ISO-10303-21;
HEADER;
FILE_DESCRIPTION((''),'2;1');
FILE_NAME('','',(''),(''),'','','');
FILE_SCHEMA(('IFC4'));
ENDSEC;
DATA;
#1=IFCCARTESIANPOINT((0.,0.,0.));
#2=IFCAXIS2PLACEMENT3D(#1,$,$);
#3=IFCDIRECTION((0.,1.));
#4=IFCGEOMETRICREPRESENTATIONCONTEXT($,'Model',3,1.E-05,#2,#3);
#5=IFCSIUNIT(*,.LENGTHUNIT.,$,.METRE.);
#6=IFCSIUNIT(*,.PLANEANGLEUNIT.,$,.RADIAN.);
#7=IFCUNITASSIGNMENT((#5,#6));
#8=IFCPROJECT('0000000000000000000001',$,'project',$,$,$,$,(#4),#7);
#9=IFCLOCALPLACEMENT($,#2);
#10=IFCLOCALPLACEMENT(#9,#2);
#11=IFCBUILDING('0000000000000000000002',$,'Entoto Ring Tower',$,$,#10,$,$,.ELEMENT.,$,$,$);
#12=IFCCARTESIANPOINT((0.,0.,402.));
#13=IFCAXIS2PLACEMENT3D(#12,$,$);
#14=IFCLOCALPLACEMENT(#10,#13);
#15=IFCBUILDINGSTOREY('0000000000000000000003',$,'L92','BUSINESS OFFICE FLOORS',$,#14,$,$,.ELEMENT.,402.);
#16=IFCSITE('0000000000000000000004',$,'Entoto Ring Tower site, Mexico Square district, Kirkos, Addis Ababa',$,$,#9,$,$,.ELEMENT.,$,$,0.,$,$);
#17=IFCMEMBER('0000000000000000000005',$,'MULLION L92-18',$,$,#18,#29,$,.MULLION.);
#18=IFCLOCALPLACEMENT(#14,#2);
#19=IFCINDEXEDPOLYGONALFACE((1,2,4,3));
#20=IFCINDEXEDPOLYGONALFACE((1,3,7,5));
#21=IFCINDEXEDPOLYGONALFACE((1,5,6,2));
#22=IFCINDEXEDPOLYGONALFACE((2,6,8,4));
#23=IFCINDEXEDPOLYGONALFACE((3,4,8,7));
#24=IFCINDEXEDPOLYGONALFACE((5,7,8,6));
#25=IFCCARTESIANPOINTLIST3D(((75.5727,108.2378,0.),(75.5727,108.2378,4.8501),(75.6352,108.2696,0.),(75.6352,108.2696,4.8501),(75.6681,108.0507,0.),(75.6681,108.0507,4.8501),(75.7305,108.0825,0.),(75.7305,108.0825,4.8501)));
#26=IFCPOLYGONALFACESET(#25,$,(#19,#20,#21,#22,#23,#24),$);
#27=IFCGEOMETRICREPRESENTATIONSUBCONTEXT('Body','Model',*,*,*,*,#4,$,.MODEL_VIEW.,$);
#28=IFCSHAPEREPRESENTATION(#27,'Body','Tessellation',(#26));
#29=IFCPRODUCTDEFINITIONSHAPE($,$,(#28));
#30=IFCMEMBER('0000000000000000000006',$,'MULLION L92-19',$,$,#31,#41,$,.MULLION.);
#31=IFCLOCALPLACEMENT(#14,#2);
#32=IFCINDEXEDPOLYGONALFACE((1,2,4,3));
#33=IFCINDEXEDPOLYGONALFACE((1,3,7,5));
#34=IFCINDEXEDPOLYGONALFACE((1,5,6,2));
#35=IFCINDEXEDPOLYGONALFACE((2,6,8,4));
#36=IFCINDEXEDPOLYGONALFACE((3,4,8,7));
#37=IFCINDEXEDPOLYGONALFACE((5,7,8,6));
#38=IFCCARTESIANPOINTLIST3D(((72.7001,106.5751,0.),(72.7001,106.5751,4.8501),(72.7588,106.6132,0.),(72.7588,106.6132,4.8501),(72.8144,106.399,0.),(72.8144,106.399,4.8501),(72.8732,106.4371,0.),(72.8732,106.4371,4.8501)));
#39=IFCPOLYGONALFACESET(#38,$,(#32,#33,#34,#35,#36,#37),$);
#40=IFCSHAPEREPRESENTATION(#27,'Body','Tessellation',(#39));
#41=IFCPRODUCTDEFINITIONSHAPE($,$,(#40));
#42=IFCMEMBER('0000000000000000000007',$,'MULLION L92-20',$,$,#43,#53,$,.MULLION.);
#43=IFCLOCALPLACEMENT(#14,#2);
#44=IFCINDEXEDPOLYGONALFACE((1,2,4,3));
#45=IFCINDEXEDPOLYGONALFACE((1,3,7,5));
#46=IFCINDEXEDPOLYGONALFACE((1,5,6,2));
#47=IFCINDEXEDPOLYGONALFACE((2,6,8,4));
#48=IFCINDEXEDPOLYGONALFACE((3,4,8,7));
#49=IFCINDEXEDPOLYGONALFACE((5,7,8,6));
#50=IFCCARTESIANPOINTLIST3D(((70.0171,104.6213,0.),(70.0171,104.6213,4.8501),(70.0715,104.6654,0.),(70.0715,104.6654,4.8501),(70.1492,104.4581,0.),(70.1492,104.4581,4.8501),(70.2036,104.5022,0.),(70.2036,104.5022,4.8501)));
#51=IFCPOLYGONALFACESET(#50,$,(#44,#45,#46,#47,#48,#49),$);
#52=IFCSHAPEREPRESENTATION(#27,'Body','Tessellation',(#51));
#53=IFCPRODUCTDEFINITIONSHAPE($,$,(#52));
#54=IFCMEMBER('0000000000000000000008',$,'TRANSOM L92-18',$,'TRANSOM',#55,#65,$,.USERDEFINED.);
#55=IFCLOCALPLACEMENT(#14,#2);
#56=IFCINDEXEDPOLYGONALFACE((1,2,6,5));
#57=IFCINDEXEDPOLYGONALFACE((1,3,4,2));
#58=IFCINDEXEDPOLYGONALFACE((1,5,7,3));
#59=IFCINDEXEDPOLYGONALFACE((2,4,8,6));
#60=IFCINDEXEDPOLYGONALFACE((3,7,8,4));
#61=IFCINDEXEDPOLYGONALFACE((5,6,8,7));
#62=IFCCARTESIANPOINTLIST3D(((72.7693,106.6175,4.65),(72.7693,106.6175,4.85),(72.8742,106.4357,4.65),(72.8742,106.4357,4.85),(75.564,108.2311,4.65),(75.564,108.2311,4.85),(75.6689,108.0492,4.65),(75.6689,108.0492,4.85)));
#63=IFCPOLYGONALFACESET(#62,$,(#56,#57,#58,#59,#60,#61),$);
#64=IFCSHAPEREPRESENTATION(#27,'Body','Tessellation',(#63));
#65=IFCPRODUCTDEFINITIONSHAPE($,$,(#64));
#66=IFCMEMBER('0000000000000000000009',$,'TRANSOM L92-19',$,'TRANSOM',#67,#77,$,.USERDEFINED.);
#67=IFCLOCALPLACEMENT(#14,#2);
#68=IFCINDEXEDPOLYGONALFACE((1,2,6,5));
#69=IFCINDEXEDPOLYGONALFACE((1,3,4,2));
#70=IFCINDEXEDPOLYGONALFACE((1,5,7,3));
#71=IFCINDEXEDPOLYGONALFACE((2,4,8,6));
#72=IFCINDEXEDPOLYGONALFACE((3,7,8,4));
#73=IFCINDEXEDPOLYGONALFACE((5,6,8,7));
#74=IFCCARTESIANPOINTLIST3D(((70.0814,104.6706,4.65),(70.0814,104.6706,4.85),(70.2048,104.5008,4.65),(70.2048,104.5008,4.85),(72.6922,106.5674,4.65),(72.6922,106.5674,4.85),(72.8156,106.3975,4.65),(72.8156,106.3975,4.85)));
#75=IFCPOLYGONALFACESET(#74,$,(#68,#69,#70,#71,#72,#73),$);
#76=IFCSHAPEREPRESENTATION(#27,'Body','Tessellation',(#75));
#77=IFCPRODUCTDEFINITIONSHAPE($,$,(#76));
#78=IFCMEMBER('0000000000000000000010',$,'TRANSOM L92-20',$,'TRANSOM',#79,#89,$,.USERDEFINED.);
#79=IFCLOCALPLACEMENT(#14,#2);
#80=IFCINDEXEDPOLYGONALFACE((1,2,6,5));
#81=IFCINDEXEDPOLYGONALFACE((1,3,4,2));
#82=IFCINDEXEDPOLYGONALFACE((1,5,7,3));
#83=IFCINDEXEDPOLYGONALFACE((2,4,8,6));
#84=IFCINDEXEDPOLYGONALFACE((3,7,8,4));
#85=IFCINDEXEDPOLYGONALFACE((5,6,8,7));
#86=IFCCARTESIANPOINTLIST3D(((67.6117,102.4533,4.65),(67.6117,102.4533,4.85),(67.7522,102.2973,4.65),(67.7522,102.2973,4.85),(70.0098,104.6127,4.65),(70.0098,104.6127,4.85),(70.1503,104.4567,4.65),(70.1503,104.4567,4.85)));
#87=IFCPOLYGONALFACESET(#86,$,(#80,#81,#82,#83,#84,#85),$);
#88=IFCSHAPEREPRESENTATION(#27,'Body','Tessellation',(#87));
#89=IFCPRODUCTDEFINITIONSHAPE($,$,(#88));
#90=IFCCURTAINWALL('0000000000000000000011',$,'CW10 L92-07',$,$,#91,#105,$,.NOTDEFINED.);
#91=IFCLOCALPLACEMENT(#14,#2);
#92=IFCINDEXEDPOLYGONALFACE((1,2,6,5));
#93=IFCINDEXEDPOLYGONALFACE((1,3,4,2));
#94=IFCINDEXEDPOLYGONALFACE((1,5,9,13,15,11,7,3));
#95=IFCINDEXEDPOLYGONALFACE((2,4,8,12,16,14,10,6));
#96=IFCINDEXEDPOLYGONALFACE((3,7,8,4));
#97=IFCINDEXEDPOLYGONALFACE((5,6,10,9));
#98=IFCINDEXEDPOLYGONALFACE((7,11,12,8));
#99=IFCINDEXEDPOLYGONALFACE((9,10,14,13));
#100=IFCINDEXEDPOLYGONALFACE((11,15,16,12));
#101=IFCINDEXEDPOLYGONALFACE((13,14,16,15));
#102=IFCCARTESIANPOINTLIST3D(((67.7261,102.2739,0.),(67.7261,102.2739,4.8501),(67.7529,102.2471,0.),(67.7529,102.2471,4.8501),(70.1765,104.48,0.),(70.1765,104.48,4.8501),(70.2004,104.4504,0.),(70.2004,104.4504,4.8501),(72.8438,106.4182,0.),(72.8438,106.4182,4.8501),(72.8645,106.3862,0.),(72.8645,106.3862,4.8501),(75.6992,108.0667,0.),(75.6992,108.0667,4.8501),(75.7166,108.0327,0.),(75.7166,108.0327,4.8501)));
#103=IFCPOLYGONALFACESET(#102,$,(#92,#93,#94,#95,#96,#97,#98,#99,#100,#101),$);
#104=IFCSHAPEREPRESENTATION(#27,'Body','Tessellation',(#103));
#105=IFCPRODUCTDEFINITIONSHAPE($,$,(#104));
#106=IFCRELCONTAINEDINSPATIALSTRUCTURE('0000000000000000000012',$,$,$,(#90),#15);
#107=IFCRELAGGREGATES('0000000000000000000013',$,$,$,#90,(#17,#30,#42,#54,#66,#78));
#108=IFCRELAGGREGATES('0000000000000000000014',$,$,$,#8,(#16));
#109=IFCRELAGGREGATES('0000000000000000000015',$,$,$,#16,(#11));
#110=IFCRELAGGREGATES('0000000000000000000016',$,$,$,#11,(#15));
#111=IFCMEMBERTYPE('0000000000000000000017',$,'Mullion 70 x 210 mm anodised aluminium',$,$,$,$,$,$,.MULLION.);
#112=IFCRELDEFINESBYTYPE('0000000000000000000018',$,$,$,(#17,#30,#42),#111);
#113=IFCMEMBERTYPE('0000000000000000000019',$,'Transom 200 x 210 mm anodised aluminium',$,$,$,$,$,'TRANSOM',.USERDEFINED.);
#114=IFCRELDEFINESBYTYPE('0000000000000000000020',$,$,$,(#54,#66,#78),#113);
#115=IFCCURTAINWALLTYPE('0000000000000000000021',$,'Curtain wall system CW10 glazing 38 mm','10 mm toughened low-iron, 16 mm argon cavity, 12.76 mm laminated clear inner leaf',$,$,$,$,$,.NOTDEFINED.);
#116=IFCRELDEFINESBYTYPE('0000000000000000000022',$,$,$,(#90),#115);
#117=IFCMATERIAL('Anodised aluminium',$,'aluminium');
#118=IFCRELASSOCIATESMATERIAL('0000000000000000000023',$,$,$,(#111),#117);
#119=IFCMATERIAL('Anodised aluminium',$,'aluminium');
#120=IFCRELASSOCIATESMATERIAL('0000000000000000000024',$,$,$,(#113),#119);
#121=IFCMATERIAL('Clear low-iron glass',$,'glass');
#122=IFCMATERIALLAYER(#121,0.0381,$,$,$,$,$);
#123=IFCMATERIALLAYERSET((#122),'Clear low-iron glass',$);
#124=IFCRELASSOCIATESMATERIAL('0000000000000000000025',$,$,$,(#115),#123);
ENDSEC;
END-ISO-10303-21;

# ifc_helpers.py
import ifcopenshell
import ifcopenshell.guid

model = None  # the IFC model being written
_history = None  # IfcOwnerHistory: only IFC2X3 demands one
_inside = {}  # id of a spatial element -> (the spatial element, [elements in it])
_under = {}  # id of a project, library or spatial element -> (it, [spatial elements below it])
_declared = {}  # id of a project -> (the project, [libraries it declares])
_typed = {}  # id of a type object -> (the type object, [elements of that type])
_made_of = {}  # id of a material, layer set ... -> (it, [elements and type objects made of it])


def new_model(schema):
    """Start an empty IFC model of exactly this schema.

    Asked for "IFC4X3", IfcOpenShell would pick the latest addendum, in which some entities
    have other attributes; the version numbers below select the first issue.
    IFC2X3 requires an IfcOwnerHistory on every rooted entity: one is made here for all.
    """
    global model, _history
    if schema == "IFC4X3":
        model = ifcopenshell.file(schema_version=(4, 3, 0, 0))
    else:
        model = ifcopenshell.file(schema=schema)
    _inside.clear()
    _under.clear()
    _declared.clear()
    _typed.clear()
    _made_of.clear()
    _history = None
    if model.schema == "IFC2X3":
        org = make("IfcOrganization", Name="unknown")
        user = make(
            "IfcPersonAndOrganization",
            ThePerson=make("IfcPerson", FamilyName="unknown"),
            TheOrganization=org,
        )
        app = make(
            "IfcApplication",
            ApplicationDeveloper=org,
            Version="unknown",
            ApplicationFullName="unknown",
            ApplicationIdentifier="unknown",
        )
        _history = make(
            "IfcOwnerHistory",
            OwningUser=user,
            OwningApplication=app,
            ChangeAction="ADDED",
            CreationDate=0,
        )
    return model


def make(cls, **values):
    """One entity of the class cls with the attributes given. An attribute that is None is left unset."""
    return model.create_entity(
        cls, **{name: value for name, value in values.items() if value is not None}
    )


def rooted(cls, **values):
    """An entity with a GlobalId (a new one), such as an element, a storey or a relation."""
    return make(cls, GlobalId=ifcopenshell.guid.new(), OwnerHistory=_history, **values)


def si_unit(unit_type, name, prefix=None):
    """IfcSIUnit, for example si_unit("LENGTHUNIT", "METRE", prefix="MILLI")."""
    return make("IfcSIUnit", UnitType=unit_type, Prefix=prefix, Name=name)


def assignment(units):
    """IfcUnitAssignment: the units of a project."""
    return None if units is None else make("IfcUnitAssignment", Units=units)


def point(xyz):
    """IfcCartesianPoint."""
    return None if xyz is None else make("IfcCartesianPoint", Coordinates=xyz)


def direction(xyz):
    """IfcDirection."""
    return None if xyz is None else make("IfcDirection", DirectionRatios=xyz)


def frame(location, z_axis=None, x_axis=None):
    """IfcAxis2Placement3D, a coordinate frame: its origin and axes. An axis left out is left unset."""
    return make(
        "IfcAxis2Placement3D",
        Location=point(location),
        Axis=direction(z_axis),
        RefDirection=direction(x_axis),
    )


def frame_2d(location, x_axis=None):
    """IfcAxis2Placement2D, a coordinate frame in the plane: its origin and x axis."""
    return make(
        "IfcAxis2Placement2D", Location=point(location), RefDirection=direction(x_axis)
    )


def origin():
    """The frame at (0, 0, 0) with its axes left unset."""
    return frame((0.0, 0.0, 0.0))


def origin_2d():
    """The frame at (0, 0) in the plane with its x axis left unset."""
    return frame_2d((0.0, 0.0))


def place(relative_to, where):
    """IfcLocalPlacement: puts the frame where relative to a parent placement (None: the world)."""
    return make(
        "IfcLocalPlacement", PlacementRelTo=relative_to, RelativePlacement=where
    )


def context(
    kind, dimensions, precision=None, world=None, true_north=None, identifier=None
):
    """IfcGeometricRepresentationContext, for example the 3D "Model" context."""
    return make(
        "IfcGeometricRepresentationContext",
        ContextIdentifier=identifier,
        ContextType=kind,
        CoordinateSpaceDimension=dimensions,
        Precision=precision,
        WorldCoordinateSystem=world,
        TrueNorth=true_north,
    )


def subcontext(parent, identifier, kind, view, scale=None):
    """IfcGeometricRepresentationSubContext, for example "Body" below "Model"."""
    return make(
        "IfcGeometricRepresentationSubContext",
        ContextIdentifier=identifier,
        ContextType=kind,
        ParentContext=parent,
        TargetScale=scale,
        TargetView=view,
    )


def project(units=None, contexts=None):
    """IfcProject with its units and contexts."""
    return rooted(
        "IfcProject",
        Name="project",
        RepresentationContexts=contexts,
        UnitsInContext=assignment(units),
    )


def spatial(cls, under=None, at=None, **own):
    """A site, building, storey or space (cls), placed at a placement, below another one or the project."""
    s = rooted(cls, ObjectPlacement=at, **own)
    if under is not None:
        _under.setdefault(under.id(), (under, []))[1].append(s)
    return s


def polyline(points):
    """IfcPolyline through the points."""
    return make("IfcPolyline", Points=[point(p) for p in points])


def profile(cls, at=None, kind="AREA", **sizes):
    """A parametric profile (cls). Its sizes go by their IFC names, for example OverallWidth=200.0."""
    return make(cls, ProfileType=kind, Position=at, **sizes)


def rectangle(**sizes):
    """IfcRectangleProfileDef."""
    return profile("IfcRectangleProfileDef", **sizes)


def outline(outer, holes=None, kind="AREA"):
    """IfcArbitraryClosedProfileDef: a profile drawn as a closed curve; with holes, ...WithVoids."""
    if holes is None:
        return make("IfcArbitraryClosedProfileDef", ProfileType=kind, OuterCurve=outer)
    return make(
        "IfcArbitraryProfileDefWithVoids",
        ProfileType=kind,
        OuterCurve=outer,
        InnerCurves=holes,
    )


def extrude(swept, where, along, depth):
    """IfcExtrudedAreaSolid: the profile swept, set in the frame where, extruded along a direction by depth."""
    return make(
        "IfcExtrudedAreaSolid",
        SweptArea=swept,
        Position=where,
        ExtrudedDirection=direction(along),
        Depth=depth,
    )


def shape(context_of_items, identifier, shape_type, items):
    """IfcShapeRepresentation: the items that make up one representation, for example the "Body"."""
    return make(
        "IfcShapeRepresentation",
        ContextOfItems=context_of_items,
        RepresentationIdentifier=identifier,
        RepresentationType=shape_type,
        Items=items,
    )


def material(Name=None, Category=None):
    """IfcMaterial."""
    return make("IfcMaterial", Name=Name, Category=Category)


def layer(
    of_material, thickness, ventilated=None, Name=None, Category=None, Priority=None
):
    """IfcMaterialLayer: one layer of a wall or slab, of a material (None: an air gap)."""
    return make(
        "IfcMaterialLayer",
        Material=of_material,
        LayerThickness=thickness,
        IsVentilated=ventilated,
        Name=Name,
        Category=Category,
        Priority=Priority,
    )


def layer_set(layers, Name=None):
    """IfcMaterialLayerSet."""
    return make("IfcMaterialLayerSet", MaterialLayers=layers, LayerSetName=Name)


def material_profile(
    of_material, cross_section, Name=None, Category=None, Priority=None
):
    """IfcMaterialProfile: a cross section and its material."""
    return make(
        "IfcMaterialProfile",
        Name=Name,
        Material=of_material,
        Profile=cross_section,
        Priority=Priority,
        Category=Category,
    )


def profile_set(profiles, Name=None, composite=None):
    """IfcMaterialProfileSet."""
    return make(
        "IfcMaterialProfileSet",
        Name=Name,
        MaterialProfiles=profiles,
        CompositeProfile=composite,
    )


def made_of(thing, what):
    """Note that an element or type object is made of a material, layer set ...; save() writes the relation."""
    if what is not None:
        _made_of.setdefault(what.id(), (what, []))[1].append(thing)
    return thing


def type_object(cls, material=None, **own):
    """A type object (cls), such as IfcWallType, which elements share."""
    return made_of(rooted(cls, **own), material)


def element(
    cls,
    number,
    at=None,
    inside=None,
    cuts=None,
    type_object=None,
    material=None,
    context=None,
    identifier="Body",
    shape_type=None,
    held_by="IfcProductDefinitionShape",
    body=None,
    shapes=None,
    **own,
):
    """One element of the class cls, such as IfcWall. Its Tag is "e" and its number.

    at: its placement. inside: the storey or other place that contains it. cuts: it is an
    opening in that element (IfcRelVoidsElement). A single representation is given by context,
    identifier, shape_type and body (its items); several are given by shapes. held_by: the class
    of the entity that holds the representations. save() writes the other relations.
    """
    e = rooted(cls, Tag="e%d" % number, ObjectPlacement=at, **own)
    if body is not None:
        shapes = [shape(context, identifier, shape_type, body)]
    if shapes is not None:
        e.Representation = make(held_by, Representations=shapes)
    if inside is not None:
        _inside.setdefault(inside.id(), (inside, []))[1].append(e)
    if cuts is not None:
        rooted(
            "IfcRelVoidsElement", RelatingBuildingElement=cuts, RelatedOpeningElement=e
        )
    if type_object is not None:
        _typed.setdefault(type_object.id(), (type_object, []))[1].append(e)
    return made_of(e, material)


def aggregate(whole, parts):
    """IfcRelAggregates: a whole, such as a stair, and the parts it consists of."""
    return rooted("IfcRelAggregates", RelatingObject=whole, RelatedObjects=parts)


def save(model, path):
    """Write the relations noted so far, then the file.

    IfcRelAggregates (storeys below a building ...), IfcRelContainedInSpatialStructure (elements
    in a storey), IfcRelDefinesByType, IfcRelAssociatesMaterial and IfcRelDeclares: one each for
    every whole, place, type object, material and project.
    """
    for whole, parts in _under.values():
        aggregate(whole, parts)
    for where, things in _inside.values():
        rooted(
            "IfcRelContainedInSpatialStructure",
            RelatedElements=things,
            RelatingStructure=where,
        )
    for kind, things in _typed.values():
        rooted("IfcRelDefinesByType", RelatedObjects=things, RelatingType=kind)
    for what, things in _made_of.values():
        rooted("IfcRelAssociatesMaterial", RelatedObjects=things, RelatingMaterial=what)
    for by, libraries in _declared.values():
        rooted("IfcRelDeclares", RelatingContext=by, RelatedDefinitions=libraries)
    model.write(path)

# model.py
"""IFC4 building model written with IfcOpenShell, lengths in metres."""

from ifc_helpers import new_model, si_unit, direction, frame, origin, origin_2d, place, context, subcontext, project, spatial, polyline, rectangle, outline, extrude, material, layer, layer_set, material_profile, profile_set, type_object, element, aggregate, save


model = new_model("IFC4")

# Units and contexts
model_context = context("Model", 3, precision=1e-05, world=origin(), true_north=direction((0.0, 1.0)))
body_context = subcontext(model_context, "Body", "Model", "MODEL_VIEW")
ifc_project = project(units=[si_unit("LENGTHUNIT", "METRE"), si_unit("PLANEANGLEUNIT", "RADIAN")], contexts=[model_context])

# Members
ifc_material_1 = material(Name="Anodised aluminium", Category="aluminium")
ifc_material_profile_1 = material_profile(ifc_material_1, rectangle(XDim=0.0701, YDim=0.21, at=origin_2d()), Name="Mullion 70 x 210 mm anodised aluminium")
ifc_profile_set_1 = profile_set([ifc_material_profile_1], Name="Anodised aluminium")
member_type_1 = type_object("IfcMemberType", Name="Mullion 70 x 210 mm anodised aluminium", PredefinedType="MULLION", material=ifc_profile_set_1)
site_placement = place(None, origin())
building_placement = place(site_placement, origin())
storey_placement = place(building_placement, frame((0.0, 0.0, 402.0)))
member_1_placement = place(storey_placement, frame((75.6516, 108.1602, 0.0), z_axis=(0.0, 0.0, 1.0), x_axis=(-0.891007, -0.45399, 0.0)))
member_1 = element("IfcMember", 1, at=member_1_placement, type_object=member_type_1, Name="MULLION L92-18", PredefinedType="MULLION", context=body_context, shape_type="SweptSolid", body=[
    extrude(rectangle(XDim=0.0701, YDim=0.21, at=origin_2d()), origin(), (0.0, 0.0, 1.0), 4.8501),
])
member_2_placement = place(storey_placement, frame((72.7866, 106.5061, 0.0), z_axis=(0.0, 0.0, 1.0), x_axis=(-0.838671, -0.544639, 0.0)))
member_2 = element("IfcMember", 2, at=member_2_placement, type_object=member_type_1, Name="MULLION L92-19", PredefinedType="MULLION", context=body_context, shape_type="SweptSolid", body=[
    extrude(rectangle(XDim=0.0701, YDim=0.21, at=origin_2d()), origin(), (0.0, 0.0, 1.0), 4.8501),
])
member_3_placement = place(storey_placement, frame((70.1104, 104.5618, 0.0), z_axis=(0.0, 0.0, 1.0), x_axis=(-0.777146, -0.62932, 0.0)))
member_3 = element("IfcMember", 3, at=member_3_placement, type_object=member_type_1, Name="MULLION L92-20", PredefinedType="MULLION", context=body_context, shape_type="SweptSolid", body=[
    extrude(rectangle(XDim=0.0701, YDim=0.21, at=origin_2d()), origin(), (0.0, 0.0, 1.0), 4.8501),
])
ifc_material_2 = material(Name="Anodised aluminium", Category="aluminium")
ifc_material_profile_2 = material_profile(ifc_material_2, rectangle(XDim=0.21, YDim=0.2, at=origin_2d()), Name="Transom 200 x 210 mm anodised aluminium")
ifc_profile_set_2 = profile_set([ifc_material_profile_2], Name="Anodised aluminium")
member_type_2 = type_object("IfcMemberType", Name="Transom 200 x 210 mm anodised aluminium", ElementType="TRANSOM", PredefinedType="USERDEFINED", material=ifc_profile_set_2)
member_4_placement = place(storey_placement, frame((75.6165, 108.1401, 4.75), z_axis=(-0.866023, -0.500004, 0.0), x_axis=(0.500004, -0.866023, 0.0)))
member_4 = element("IfcMember", 4, at=member_4_placement, type_object=member_type_2, Name="TRANSOM L92-18", ObjectType="TRANSOM", PredefinedType="USERDEFINED", context=body_context, shape_type="SweptSolid", body=[
    extrude(rectangle(XDim=0.21, YDim=0.2, at=origin_2d()), origin(), (0.0, 0.0, 1.0), 3.2271),
])
member_5_placement = place(storey_placement, frame((72.7539, 106.4824, 4.75), z_axis=(-0.80904, -0.587753, 0.0), x_axis=(0.587753, -0.80904, 0.0)))
member_5 = element("IfcMember", 5, at=member_5_placement, type_object=member_type_2, Name="TRANSOM L92-19", ObjectType="TRANSOM", PredefinedType="USERDEFINED", context=body_context, shape_type="SweptSolid", body=[
    extrude(rectangle(XDim=0.21, YDim=0.2, at=origin_2d()), origin(), (0.0, 0.0, 1.0), 3.2271),
])
member_6_placement = place(storey_placement, frame((70.0801, 104.5347, 4.75), z_axis=(-0.743132, -0.669144, 0.0), x_axis=(0.669144, -0.743132, 0.0)))
member_6 = element("IfcMember", 6, at=member_6_placement, type_object=member_type_2, Name="TRANSOM L92-20", ObjectType="TRANSOM", PredefinedType="USERDEFINED", context=body_context, shape_type="SweptSolid", body=[
    extrude(rectangle(XDim=0.21, YDim=0.2, at=origin_2d()), origin(), (0.0, 0.0, 1.0), 3.2271),
])

# Site, building, storey
site = spatial("IfcSite", under=ifc_project, at=site_placement, Name="Entoto Ring Tower site, Mexico Square district, Kirkos, Addis Ababa", CompositionType="ELEMENT", RefElevation=0.0)
building = spatial("IfcBuilding", under=site, at=building_placement, Name="Entoto Ring Tower", CompositionType="ELEMENT")
storey = spatial("IfcBuildingStorey", under=building, at=storey_placement, Name="L92", Description="BUSINESS OFFICE FLOORS", CompositionType="ELEMENT", Elevation=402.0)

# Curtain wall
ifc_material_3 = material(Name="Clear low-iron glass", Category="glass")
ifc_layer = layer(ifc_material_3, 0.0381)
ifc_layer_set = layer_set([ifc_layer], Name="Clear low-iron glass")
curtain_wall_type = type_object("IfcCurtainWallType", Name="Curtain wall system CW10 glazing 38 mm", Description="10 mm toughened low-iron, 16 mm argon cavity, 12.76 mm laminated clear inner leaf", PredefinedType="NOTDEFINED", material=ifc_layer_set)
curtain_wall_1_placement = place(storey_placement, origin())
curtain_wall_1 = element("IfcCurtainWall", 7, at=curtain_wall_1_placement, inside=storey, type_object=curtain_wall_type, Name="CW10 L92-07", PredefinedType="NOTDEFINED", context=body_context, shape_type="SweptSolid", body=[
    extrude(outline(polyline([(75.6992, 108.0667), (72.8438, 106.4182), (70.1765, 104.48), (67.7261, 102.2739), (67.7529, 102.2471), (70.2004, 104.4504), (72.8645, 106.3862), (75.7166, 108.0327), (75.6992, 108.0667)])), origin(), (0.0, 0.0, 1.0), 4.8501),
])
aggregate(curtain_wall_1, [member_1, member_2, member_3, member_4, member_5, member_6])

save(model, "model.ifc")
